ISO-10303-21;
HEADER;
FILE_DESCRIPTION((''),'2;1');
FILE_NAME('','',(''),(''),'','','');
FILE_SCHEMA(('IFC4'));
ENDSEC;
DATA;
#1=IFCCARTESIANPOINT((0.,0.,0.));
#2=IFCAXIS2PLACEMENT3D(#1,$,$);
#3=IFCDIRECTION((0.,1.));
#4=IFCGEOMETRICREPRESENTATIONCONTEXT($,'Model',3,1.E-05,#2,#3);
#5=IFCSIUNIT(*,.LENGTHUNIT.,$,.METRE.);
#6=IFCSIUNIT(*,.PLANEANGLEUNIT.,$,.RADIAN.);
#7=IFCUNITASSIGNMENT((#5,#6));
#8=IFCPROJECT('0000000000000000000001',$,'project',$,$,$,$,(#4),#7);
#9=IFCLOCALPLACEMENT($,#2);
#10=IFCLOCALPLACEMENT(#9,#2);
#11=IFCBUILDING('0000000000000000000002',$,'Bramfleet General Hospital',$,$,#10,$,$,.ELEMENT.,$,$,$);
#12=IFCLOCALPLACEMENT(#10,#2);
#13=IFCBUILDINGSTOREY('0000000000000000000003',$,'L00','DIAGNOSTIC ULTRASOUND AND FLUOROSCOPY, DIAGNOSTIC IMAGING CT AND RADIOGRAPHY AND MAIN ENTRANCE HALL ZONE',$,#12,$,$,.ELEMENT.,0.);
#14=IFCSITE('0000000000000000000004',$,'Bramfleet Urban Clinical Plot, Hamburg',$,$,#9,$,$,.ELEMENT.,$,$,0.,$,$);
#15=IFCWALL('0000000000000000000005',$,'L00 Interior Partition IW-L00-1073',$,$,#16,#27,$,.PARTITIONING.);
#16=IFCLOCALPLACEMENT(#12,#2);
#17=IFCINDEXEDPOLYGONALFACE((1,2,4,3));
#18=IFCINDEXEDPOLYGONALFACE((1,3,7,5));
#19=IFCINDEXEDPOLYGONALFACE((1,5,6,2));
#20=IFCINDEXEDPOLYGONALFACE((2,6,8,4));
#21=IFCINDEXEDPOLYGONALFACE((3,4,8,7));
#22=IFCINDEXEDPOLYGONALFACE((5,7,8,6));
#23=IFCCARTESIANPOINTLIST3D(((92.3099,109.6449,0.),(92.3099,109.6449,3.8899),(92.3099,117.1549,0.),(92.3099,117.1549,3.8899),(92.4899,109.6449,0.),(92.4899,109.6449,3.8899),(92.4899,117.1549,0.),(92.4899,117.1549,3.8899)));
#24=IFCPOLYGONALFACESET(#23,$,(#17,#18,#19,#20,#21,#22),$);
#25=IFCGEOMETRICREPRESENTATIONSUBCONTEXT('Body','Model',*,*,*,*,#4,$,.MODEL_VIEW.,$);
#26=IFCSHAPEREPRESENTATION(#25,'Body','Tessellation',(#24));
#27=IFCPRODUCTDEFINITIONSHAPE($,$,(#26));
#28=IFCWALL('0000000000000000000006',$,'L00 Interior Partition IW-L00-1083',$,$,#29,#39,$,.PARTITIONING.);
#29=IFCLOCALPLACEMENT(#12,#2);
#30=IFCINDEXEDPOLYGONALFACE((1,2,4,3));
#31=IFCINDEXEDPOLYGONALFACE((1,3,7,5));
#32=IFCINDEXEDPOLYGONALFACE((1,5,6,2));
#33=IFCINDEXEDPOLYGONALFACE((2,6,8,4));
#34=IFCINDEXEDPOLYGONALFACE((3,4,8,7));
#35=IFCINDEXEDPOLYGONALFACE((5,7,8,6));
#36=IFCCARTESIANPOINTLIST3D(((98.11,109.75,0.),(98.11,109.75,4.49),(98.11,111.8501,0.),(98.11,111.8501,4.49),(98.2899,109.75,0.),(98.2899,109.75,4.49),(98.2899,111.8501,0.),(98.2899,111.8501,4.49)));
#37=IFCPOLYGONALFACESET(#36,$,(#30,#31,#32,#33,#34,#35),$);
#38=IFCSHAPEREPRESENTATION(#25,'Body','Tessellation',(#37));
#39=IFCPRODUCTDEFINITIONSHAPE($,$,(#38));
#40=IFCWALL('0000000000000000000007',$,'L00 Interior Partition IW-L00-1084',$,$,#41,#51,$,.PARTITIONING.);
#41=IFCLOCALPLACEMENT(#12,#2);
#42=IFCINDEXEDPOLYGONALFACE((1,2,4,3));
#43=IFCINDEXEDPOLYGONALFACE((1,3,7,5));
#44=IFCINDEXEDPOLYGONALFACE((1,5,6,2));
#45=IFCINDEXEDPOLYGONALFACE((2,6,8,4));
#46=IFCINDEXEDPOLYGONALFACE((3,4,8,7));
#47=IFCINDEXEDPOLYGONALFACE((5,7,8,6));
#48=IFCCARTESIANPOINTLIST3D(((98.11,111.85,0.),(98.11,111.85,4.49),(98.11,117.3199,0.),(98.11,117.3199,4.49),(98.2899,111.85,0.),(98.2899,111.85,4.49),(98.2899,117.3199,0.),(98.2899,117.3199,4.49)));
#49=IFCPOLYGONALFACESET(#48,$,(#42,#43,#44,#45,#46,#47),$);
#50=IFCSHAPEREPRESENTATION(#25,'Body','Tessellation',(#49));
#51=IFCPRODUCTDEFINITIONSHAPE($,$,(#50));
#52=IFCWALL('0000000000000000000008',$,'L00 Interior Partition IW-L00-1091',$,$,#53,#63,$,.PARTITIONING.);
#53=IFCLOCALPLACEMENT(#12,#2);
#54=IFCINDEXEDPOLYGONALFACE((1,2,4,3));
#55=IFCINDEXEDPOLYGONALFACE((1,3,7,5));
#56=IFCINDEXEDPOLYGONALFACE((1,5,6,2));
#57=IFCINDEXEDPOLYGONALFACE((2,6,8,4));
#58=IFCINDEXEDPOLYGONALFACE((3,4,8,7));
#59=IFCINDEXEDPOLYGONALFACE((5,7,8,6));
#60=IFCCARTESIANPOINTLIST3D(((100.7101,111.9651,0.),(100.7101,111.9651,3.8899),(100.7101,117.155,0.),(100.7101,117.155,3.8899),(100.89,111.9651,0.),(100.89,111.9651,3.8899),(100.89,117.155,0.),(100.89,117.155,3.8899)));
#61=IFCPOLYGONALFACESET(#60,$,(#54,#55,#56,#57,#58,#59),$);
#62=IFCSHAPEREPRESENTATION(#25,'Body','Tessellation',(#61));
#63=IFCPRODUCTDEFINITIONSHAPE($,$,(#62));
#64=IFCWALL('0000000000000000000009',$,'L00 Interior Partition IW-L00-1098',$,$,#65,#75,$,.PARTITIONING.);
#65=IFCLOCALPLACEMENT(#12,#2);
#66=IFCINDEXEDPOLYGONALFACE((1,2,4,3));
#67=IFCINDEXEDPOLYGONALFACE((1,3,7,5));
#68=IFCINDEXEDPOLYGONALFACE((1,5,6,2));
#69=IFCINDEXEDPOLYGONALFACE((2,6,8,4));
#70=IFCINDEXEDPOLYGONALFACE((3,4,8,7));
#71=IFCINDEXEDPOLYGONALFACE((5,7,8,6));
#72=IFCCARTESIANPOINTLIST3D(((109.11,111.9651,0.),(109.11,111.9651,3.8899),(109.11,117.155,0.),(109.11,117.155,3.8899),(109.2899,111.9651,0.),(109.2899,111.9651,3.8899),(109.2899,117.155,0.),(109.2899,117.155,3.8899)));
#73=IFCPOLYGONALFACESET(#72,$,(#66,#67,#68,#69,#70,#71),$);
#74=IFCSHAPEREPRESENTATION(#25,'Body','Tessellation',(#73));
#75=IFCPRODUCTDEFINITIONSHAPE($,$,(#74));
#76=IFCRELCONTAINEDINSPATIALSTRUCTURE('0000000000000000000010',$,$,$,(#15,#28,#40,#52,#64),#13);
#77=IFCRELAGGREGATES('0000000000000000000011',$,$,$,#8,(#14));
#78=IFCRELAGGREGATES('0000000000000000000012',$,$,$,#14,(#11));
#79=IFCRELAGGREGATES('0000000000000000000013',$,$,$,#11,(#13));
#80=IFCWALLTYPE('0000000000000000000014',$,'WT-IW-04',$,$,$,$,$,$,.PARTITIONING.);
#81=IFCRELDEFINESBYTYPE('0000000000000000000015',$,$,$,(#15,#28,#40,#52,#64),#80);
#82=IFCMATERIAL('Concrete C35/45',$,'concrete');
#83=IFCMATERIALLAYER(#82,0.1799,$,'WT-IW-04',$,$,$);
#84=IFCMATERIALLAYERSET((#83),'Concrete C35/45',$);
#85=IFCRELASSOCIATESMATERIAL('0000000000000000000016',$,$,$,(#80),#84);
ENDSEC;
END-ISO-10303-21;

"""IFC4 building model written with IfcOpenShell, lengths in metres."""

from ifc_helpers import new_model, si_unit, direction, frame, frame_2d, origin, place, context, subcontext, project, spatial, rectangle, extrude, material, layer, layer_set, type_object, element, save


model = new_model("IFC4")

# Units and contexts
model_context = context("Model", 3, precision=1e-05, world=origin(), true_north=direction((0.0, 1.0)))
body_context = subcontext(model_context, "Body", "Model", "MODEL_VIEW")
ifc_project = project(units=[si_unit("LENGTHUNIT", "METRE"), si_unit("PLANEANGLEUNIT", "RADIAN")], contexts=[model_context])

# Site, building, storey
site_placement = place(None, origin())
site = spatial("IfcSite", under=ifc_project, at=site_placement, Name="Bramfleet Urban Clinical Plot, Hamburg", CompositionType="ELEMENT", RefElevation=0.0)
building_placement = place(site_placement, origin())
building = spatial("IfcBuilding", under=site, at=building_placement, Name="Bramfleet General Hospital", CompositionType="ELEMENT")
storey_placement = place(building_placement, origin())
storey = spatial("IfcBuildingStorey", under=building, at=storey_placement, Name="L00", Description="DIAGNOSTIC ULTRASOUND AND FLUOROSCOPY, DIAGNOSTIC IMAGING CT AND RADIOGRAPHY AND MAIN ENTRANCE HALL ZONE", CompositionType="ELEMENT", Elevation=0.0)

# Shared definitions
ifc_material_1 = material(Name="Concrete C35/45", Category="concrete")

# Shared definitions
ifc_layer_1 = layer(ifc_material_1, 0.1799, Name="WT-IW-04")
ifc_layer_set_1 = layer_set([ifc_layer_1], Name="Concrete C35/45")
wall_type_1 = type_object("IfcWallType", Name="WT-IW-04", PredefinedType="PARTITIONING", material=ifc_layer_set_1)

# Walls
wall_1_placement = place(storey_placement, frame((92.3999, 109.645, 0.0), z_axis=(0.0, 0.0, 1.0), x_axis=(0.0, 1.0, 0.0)))
element("IfcWall", 1, at=wall_1_placement, inside=storey, type_object=wall_type_1, Name="L00 Interior Partition IW-L00-1073", PredefinedType="PARTITIONING", context=body_context, shape_type="SweptSolid", body=[
    extrude(rectangle(XDim=7.51, YDim=0.1799, at=frame_2d((3.7549, 0.0))), origin(), (0.0, 0.0, 1.0), 3.8899),
])
wall_2_placement = place(storey_placement, frame((98.2, 109.75, 0.0), z_axis=(0.0, 0.0, 1.0), x_axis=(0.0, 1.0, 0.0)))
element("IfcWall", 2, at=wall_2_placement, inside=storey, type_object=wall_type_1, Name="L00 Interior Partition IW-L00-1083", PredefinedType="PARTITIONING", context=body_context, shape_type="SweptSolid", body=[
    extrude(rectangle(XDim=2.1001, YDim=0.1799, at=frame_2d((1.05, 0.0))), origin(), (0.0, 0.0, 1.0), 4.49),
])
wall_3_placement = place(storey_placement, frame((98.2, 111.8501, 0.0), z_axis=(0.0, 0.0, 1.0), x_axis=(0.0, 1.0, 0.0)))
element("IfcWall", 3, at=wall_3_placement, inside=storey, type_object=wall_type_1, Name="L00 Interior Partition IW-L00-1084", PredefinedType="PARTITIONING", context=body_context, shape_type="SweptSolid", body=[
    extrude(rectangle(XDim=5.47, YDim=0.1799, at=frame_2d((2.7349, 0.0))), origin(), (0.0, 0.0, 1.0), 4.49),
])
for number, where, z_axis, x_axis, name in (
    (4, (100.8, 111.9651, 0.0), (0.0, 0.0, 1.0), (0.0, 1.0, 0.0), "L00 Interior Partition IW-L00-1091"),
    (5, (109.2, 111.9651, 0.0), (0.0, 0.0, 1.0), (0.0, 1.0, 0.0), "L00 Interior Partition IW-L00-1098"),
):
    element("IfcWall", number, at=place(storey_placement, frame(where, z_axis=z_axis, x_axis=x_axis)), inside=storey, type_object=wall_type_1, Name=name, PredefinedType="PARTITIONING", context=body_context, shape_type="SweptSolid", body=[
        extrude(rectangle(XDim=5.1899, YDim=0.1799, at=frame_2d((2.595, 0.0))), origin(), (0.0, 0.0, 1.0), 3.8899),
    ])

save(model, "model.ifc")
